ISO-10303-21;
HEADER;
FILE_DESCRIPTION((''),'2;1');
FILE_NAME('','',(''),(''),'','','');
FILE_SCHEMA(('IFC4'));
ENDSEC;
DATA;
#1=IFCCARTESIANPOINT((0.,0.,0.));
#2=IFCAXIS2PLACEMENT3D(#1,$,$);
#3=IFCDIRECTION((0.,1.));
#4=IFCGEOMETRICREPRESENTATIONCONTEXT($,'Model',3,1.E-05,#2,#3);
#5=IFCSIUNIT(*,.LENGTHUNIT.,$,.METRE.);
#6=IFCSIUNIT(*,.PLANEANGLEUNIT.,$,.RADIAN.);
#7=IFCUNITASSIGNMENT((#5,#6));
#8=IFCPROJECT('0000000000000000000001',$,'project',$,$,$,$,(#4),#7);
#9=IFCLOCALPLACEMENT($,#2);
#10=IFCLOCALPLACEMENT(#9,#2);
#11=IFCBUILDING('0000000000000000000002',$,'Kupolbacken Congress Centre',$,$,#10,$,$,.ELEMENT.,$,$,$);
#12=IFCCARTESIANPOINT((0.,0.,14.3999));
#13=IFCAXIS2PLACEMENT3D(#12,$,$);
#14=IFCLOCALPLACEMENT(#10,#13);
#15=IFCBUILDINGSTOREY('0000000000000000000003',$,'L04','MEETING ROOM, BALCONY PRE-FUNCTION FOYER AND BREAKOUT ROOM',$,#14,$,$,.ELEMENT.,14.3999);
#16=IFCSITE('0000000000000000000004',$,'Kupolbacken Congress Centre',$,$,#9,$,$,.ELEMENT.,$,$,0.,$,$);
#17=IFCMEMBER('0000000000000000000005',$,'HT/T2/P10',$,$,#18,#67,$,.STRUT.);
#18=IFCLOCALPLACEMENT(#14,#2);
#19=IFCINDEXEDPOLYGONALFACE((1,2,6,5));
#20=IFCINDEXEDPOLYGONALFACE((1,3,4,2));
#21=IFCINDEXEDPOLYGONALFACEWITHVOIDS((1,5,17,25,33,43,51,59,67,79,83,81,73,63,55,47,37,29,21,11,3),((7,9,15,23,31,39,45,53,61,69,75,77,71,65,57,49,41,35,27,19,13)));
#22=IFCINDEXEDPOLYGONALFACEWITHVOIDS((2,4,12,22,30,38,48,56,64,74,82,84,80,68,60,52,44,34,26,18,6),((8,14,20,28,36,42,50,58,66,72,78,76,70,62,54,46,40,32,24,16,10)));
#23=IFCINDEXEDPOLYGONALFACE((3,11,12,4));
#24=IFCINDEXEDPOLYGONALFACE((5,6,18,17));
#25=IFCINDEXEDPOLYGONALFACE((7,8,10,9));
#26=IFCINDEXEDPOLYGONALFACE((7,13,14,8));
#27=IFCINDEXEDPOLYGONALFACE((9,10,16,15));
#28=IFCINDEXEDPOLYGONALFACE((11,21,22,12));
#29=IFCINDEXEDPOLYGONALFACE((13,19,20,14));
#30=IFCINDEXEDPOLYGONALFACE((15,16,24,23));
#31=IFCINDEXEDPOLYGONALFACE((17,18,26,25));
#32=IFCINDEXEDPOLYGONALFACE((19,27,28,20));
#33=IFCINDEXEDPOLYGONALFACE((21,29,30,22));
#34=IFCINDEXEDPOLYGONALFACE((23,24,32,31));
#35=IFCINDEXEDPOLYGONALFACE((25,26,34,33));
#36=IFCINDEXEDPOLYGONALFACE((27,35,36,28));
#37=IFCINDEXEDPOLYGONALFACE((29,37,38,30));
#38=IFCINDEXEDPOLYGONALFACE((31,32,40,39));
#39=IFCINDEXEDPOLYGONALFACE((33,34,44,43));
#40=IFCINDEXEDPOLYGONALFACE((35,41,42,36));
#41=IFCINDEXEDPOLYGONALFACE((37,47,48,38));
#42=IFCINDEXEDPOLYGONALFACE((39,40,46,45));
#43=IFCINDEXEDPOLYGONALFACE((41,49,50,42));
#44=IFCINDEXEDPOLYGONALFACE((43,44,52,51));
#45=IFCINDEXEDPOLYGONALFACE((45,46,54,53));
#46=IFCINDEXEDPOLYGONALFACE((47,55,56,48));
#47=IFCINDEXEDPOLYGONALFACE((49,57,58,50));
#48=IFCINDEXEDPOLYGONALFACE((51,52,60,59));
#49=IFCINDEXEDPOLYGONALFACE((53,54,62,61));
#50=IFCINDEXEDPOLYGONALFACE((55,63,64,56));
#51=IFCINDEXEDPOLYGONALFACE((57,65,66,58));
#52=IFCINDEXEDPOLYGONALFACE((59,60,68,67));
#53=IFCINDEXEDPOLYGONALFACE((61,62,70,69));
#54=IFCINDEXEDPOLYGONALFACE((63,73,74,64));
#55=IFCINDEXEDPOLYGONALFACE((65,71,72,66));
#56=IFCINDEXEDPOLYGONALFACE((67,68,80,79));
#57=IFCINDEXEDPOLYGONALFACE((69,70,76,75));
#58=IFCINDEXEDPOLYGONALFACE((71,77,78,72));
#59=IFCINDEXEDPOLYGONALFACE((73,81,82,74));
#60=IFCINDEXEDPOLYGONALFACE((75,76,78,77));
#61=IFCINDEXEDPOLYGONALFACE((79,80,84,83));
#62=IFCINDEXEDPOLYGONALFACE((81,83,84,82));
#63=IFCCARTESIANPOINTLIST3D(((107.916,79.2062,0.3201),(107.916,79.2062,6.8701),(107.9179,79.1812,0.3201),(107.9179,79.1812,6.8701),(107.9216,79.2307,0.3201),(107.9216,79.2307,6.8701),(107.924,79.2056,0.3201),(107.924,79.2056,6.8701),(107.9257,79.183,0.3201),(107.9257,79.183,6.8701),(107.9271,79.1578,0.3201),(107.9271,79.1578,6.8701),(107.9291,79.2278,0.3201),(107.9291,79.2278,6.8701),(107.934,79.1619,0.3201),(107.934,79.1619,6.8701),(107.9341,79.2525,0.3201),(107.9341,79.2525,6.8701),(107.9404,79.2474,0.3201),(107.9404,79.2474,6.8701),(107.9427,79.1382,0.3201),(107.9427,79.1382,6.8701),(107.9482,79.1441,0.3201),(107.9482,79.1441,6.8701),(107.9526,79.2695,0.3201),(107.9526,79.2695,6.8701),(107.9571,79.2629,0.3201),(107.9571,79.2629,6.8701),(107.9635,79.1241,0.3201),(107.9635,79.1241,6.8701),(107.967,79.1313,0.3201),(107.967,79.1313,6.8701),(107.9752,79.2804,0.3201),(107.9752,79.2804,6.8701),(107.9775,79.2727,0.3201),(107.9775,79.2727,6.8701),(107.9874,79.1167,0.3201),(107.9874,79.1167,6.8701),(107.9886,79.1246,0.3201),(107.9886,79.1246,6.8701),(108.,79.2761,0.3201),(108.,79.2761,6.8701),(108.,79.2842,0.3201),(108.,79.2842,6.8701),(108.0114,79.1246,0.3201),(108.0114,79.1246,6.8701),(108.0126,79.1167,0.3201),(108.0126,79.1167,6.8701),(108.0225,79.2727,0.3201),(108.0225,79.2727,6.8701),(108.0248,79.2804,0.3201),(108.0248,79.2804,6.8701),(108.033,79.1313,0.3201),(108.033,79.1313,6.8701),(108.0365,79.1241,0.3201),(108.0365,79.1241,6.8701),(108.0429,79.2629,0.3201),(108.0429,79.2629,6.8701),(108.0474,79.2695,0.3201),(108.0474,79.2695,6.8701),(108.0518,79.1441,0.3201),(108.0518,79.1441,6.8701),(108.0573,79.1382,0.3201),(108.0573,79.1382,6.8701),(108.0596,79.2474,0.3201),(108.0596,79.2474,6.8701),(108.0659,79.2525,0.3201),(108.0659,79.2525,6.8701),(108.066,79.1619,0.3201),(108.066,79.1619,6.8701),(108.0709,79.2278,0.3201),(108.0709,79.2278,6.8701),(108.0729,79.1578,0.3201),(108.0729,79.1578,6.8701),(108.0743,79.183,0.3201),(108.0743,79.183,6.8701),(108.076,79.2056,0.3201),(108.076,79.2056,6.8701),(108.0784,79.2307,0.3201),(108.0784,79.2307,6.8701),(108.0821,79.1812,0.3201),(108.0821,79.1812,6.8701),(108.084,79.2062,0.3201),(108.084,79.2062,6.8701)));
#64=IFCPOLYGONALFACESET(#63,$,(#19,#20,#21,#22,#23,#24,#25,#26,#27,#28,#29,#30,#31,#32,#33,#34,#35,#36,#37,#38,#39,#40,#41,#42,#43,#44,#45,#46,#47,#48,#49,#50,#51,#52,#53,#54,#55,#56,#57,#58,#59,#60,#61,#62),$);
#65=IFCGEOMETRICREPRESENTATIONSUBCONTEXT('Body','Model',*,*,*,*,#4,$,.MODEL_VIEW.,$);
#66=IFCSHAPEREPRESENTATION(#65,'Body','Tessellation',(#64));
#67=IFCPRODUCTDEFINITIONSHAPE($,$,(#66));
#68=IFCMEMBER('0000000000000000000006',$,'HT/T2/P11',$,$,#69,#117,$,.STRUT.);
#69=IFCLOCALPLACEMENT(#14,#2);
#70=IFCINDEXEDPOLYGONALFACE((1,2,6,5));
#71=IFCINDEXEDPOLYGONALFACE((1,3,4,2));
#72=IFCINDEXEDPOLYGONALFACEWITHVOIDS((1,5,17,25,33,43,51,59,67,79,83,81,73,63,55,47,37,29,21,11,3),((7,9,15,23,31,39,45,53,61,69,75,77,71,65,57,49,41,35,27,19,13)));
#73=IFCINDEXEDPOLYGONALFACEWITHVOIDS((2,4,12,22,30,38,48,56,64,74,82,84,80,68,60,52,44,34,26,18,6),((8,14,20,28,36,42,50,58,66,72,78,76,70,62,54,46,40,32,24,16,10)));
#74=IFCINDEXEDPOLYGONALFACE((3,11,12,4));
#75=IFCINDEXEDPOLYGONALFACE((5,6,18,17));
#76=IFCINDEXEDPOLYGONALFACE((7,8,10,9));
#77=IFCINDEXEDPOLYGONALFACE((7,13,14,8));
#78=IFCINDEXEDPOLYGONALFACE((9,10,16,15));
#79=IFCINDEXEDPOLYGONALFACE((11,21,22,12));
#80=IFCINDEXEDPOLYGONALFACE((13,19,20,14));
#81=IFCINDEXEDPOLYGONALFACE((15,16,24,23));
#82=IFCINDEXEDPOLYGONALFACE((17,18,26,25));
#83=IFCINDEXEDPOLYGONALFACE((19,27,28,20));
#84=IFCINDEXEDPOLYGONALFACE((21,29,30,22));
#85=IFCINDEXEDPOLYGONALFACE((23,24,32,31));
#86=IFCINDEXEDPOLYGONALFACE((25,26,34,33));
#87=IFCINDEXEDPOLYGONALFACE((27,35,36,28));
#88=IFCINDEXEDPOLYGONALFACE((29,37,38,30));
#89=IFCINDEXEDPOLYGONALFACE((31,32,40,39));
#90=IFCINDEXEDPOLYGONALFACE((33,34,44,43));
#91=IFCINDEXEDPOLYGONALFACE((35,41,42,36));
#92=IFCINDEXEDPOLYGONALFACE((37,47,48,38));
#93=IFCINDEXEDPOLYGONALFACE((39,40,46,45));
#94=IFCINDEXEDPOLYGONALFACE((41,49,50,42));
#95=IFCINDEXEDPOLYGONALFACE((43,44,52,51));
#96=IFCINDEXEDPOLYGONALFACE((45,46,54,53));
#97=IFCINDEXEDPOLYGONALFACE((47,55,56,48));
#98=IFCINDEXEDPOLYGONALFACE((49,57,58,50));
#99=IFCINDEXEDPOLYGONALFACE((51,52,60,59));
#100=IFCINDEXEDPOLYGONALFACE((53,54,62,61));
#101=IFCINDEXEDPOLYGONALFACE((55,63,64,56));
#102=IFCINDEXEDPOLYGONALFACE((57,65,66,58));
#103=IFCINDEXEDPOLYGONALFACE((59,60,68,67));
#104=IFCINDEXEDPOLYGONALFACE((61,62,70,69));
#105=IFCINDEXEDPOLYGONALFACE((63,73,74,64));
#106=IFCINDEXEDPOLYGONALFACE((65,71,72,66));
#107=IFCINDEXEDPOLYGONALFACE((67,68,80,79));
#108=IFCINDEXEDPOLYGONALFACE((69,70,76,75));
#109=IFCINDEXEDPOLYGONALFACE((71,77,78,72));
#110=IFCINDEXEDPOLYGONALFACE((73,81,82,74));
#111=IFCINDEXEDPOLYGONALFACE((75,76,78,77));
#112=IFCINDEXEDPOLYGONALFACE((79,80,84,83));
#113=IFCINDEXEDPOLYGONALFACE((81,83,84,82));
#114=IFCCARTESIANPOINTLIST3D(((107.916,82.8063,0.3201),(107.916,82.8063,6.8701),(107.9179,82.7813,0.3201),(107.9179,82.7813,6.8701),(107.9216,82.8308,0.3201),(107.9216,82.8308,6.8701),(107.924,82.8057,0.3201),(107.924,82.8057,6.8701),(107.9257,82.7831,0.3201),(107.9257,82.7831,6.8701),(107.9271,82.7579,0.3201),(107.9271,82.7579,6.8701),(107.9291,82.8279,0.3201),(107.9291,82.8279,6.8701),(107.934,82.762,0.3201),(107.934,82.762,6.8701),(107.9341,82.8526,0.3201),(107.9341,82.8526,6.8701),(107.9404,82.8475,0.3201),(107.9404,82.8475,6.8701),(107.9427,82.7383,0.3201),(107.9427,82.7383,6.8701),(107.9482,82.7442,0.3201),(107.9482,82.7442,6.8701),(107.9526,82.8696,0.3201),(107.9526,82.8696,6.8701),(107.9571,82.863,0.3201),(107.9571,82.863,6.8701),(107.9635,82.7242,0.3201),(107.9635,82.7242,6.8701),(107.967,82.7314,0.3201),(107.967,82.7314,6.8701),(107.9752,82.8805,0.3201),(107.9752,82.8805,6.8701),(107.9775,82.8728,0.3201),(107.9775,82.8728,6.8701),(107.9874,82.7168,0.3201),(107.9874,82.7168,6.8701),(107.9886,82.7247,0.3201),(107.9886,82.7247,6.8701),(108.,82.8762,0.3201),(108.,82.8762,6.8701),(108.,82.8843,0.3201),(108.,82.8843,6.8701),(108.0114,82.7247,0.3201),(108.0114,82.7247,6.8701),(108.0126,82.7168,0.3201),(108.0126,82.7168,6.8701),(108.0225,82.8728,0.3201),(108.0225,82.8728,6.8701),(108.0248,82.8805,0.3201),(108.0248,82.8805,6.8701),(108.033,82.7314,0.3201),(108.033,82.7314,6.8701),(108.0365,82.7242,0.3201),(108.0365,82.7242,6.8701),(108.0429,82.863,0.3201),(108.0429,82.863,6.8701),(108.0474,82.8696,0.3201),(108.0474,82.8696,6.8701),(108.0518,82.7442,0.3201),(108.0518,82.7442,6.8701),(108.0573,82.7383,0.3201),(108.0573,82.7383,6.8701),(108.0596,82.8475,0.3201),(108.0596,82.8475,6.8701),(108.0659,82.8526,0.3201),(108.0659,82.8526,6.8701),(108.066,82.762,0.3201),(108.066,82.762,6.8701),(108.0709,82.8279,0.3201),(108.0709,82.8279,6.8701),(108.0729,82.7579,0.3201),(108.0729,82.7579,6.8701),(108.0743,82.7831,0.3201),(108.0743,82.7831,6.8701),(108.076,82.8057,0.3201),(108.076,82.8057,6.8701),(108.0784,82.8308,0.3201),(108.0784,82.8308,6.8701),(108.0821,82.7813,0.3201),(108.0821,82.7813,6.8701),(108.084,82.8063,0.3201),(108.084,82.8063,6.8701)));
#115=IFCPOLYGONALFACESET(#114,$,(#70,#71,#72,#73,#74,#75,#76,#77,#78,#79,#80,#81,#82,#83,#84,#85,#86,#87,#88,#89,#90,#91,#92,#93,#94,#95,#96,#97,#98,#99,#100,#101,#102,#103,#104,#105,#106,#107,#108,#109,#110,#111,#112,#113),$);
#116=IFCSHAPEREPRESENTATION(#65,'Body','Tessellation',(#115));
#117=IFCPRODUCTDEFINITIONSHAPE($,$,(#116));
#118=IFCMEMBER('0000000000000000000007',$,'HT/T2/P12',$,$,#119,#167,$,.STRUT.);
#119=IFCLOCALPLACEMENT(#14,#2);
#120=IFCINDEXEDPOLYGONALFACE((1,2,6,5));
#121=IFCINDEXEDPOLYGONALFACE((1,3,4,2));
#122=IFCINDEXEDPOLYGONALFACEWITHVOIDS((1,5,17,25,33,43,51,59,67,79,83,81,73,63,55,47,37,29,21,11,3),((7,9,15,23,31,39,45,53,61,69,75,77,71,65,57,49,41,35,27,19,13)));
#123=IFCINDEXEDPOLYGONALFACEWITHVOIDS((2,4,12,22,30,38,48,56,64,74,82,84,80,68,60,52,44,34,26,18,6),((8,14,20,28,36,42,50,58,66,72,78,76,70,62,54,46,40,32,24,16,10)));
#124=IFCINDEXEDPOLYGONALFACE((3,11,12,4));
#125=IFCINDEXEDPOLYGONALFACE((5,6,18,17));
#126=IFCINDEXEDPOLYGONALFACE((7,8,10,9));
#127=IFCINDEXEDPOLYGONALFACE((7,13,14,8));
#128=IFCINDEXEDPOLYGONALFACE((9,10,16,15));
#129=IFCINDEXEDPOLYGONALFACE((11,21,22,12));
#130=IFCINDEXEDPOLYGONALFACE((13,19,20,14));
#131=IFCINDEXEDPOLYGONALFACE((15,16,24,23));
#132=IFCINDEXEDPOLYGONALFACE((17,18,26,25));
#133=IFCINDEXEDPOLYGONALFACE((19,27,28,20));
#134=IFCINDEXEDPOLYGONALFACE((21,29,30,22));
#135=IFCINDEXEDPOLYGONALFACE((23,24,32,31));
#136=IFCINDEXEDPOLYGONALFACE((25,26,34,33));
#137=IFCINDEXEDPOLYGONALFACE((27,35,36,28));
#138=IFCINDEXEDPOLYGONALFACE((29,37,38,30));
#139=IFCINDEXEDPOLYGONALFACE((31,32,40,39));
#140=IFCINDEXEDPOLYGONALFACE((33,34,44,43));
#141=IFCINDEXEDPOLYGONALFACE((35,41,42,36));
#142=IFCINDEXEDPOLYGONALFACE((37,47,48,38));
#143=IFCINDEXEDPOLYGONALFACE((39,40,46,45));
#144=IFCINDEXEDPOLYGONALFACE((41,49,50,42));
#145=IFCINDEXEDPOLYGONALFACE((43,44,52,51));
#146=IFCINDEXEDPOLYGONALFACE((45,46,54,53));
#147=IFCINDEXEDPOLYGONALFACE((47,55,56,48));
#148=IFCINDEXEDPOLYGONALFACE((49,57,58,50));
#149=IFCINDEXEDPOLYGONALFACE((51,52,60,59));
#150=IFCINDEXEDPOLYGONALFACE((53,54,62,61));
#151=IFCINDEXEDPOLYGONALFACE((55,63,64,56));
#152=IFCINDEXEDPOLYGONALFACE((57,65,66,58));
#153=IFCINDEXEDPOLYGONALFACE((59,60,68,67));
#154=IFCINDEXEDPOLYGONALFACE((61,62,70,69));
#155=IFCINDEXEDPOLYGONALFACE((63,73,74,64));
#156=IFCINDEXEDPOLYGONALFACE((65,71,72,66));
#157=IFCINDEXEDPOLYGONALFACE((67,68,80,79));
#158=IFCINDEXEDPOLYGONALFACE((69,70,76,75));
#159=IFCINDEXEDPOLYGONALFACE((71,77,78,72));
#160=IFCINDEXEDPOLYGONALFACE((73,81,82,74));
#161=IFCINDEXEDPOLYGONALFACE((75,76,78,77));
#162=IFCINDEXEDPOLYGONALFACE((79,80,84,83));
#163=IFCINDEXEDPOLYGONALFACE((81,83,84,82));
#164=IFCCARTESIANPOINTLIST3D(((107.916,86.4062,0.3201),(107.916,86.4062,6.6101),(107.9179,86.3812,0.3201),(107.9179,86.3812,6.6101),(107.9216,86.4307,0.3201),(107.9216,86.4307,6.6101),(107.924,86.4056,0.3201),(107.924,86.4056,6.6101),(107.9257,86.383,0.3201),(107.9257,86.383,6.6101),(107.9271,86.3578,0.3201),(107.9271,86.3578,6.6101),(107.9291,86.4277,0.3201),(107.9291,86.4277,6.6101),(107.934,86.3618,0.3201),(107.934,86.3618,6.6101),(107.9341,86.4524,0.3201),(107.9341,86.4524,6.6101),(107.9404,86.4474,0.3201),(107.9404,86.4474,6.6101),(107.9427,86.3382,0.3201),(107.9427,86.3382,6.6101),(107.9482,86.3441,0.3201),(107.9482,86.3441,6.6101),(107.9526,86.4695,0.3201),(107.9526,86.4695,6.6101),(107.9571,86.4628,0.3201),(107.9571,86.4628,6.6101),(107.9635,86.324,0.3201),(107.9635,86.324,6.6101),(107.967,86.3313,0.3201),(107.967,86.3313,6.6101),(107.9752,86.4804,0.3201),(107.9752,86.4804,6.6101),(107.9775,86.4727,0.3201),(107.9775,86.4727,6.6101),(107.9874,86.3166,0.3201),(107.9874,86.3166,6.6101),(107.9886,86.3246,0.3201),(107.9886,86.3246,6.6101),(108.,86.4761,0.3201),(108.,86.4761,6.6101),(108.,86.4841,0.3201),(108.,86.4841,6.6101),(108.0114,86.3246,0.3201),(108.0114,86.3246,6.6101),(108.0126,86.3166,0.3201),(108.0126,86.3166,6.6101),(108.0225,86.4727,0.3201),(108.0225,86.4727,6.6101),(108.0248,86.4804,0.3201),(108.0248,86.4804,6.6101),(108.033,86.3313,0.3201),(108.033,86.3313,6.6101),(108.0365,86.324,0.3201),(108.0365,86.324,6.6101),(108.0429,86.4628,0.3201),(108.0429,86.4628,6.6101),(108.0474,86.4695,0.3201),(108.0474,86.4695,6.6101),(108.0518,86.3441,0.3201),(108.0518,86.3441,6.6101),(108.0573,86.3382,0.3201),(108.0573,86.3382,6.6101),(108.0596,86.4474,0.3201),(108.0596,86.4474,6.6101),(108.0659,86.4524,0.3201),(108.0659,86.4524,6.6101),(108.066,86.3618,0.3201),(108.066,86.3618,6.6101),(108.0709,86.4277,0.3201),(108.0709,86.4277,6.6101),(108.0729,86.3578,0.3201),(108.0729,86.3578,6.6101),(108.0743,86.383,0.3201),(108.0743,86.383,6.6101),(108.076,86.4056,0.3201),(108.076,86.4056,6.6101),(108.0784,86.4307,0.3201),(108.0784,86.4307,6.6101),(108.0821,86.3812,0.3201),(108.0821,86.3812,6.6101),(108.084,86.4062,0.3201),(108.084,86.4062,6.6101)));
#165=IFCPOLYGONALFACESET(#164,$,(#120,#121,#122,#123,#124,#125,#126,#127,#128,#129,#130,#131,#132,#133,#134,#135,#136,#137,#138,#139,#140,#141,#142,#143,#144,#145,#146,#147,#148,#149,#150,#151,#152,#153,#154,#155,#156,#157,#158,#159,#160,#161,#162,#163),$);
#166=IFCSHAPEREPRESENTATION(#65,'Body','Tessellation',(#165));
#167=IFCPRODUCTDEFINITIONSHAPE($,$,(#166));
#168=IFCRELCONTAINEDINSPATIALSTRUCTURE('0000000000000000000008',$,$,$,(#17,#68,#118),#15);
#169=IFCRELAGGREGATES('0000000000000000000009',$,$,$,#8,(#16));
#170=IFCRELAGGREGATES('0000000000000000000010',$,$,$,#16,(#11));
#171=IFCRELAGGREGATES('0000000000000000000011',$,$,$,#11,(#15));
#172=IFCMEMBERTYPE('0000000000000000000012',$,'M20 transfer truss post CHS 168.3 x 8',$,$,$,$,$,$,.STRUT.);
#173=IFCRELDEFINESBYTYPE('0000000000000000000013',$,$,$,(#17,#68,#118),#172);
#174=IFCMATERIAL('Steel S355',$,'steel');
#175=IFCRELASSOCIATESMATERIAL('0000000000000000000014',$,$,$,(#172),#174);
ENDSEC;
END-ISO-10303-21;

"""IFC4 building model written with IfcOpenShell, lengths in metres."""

from ifc_helpers import new_model, si_unit, direction, frame, origin, origin_2d, place, context, subcontext, project, spatial, hollow_circle, extrude, material, material_profile, profile_set, type_object, element, save


model = new_model("IFC4")

# Units and contexts
model_context = context("Model", 3, precision=1e-05, world=origin(), true_north=direction((0.0, 1.0)))
body_context = subcontext(model_context, "Body", "Model", "MODEL_VIEW")
ifc_project = project(units=[si_unit("LENGTHUNIT", "METRE"), si_unit("PLANEANGLEUNIT", "RADIAN")], contexts=[model_context])

# Site, building, storey
site_placement = place(None, origin())
site = spatial("IfcSite", under=ifc_project, at=site_placement, Name="Kupolbacken Congress Centre", CompositionType="ELEMENT", RefElevation=0.0)
building_placement = place(site_placement, origin())
building = spatial("IfcBuilding", under=site, at=building_placement, Name="Kupolbacken Congress Centre", CompositionType="ELEMENT")
storey_placement = place(building_placement, frame((0.0, 0.0, 14.3999)))
storey = spatial("IfcBuildingStorey", under=building, at=storey_placement, Name="L04", Description="MEETING ROOM, BALCONY PRE-FUNCTION FOYER AND BREAKOUT ROOM", CompositionType="ELEMENT", Elevation=14.3999)

# Members
ifc_material_1 = material(Name="Steel S355", Category="steel")
ifc_material_profile_1 = material_profile(ifc_material_1, hollow_circle(Radius=0.0842, WallThickness=0.0081, at=origin_2d()), Name="CHS 168.3 x 8")
ifc_profile_set_1 = profile_set([ifc_material_profile_1], Name="Steel S355")
member_type_1 = type_object("IfcMemberType", Name="M20 transfer truss post CHS 168.3 x 8", PredefinedType="STRUT", material=ifc_profile_set_1)
for number, where, z_axis, x_axis, name in (
    (1, (108.0, 79.2, 0.3201), (0.0, 0.0, 1.0), (0.0, 1.0, 0.0), "HT/T2/P10"),
    (2, (108.0, 82.8, 0.3201), (0.0, 0.0, 1.0), (0.0, 1.0, 0.0), "HT/T2/P11"),
):
    element("IfcMember", number, at=place(storey_placement, frame(where, z_axis=z_axis, x_axis=x_axis)), inside=storey, type_object=member_type_1, Name=name, PredefinedType="STRUT", context=body_context, shape_type="SweptSolid", body=[
        extrude(hollow_circle(Radius=0.0842, WallThickness=0.0081, at=origin_2d()), origin(), (0.0, 0.0, 1.0), 6.55),
    ])
for number, where, z_axis, x_axis, name in (
    (3, (108.0, 86.3999, 0.3201), (0.0, 0.0, 1.0), (0.0, 1.0, 0.0), "HT/T2/P12"),
):
    element("IfcMember", number, at=place(storey_placement, frame(where, z_axis=z_axis, x_axis=x_axis)), inside=storey, type_object=member_type_1, Name=name, PredefinedType="STRUT", context=body_context, shape_type="SweptSolid", body=[
        extrude(hollow_circle(Radius=0.0842, WallThickness=0.0081, at=origin_2d()), origin(), (0.0, 0.0, 1.0), 6.29),
    ])

save(model, "model.ifc")
